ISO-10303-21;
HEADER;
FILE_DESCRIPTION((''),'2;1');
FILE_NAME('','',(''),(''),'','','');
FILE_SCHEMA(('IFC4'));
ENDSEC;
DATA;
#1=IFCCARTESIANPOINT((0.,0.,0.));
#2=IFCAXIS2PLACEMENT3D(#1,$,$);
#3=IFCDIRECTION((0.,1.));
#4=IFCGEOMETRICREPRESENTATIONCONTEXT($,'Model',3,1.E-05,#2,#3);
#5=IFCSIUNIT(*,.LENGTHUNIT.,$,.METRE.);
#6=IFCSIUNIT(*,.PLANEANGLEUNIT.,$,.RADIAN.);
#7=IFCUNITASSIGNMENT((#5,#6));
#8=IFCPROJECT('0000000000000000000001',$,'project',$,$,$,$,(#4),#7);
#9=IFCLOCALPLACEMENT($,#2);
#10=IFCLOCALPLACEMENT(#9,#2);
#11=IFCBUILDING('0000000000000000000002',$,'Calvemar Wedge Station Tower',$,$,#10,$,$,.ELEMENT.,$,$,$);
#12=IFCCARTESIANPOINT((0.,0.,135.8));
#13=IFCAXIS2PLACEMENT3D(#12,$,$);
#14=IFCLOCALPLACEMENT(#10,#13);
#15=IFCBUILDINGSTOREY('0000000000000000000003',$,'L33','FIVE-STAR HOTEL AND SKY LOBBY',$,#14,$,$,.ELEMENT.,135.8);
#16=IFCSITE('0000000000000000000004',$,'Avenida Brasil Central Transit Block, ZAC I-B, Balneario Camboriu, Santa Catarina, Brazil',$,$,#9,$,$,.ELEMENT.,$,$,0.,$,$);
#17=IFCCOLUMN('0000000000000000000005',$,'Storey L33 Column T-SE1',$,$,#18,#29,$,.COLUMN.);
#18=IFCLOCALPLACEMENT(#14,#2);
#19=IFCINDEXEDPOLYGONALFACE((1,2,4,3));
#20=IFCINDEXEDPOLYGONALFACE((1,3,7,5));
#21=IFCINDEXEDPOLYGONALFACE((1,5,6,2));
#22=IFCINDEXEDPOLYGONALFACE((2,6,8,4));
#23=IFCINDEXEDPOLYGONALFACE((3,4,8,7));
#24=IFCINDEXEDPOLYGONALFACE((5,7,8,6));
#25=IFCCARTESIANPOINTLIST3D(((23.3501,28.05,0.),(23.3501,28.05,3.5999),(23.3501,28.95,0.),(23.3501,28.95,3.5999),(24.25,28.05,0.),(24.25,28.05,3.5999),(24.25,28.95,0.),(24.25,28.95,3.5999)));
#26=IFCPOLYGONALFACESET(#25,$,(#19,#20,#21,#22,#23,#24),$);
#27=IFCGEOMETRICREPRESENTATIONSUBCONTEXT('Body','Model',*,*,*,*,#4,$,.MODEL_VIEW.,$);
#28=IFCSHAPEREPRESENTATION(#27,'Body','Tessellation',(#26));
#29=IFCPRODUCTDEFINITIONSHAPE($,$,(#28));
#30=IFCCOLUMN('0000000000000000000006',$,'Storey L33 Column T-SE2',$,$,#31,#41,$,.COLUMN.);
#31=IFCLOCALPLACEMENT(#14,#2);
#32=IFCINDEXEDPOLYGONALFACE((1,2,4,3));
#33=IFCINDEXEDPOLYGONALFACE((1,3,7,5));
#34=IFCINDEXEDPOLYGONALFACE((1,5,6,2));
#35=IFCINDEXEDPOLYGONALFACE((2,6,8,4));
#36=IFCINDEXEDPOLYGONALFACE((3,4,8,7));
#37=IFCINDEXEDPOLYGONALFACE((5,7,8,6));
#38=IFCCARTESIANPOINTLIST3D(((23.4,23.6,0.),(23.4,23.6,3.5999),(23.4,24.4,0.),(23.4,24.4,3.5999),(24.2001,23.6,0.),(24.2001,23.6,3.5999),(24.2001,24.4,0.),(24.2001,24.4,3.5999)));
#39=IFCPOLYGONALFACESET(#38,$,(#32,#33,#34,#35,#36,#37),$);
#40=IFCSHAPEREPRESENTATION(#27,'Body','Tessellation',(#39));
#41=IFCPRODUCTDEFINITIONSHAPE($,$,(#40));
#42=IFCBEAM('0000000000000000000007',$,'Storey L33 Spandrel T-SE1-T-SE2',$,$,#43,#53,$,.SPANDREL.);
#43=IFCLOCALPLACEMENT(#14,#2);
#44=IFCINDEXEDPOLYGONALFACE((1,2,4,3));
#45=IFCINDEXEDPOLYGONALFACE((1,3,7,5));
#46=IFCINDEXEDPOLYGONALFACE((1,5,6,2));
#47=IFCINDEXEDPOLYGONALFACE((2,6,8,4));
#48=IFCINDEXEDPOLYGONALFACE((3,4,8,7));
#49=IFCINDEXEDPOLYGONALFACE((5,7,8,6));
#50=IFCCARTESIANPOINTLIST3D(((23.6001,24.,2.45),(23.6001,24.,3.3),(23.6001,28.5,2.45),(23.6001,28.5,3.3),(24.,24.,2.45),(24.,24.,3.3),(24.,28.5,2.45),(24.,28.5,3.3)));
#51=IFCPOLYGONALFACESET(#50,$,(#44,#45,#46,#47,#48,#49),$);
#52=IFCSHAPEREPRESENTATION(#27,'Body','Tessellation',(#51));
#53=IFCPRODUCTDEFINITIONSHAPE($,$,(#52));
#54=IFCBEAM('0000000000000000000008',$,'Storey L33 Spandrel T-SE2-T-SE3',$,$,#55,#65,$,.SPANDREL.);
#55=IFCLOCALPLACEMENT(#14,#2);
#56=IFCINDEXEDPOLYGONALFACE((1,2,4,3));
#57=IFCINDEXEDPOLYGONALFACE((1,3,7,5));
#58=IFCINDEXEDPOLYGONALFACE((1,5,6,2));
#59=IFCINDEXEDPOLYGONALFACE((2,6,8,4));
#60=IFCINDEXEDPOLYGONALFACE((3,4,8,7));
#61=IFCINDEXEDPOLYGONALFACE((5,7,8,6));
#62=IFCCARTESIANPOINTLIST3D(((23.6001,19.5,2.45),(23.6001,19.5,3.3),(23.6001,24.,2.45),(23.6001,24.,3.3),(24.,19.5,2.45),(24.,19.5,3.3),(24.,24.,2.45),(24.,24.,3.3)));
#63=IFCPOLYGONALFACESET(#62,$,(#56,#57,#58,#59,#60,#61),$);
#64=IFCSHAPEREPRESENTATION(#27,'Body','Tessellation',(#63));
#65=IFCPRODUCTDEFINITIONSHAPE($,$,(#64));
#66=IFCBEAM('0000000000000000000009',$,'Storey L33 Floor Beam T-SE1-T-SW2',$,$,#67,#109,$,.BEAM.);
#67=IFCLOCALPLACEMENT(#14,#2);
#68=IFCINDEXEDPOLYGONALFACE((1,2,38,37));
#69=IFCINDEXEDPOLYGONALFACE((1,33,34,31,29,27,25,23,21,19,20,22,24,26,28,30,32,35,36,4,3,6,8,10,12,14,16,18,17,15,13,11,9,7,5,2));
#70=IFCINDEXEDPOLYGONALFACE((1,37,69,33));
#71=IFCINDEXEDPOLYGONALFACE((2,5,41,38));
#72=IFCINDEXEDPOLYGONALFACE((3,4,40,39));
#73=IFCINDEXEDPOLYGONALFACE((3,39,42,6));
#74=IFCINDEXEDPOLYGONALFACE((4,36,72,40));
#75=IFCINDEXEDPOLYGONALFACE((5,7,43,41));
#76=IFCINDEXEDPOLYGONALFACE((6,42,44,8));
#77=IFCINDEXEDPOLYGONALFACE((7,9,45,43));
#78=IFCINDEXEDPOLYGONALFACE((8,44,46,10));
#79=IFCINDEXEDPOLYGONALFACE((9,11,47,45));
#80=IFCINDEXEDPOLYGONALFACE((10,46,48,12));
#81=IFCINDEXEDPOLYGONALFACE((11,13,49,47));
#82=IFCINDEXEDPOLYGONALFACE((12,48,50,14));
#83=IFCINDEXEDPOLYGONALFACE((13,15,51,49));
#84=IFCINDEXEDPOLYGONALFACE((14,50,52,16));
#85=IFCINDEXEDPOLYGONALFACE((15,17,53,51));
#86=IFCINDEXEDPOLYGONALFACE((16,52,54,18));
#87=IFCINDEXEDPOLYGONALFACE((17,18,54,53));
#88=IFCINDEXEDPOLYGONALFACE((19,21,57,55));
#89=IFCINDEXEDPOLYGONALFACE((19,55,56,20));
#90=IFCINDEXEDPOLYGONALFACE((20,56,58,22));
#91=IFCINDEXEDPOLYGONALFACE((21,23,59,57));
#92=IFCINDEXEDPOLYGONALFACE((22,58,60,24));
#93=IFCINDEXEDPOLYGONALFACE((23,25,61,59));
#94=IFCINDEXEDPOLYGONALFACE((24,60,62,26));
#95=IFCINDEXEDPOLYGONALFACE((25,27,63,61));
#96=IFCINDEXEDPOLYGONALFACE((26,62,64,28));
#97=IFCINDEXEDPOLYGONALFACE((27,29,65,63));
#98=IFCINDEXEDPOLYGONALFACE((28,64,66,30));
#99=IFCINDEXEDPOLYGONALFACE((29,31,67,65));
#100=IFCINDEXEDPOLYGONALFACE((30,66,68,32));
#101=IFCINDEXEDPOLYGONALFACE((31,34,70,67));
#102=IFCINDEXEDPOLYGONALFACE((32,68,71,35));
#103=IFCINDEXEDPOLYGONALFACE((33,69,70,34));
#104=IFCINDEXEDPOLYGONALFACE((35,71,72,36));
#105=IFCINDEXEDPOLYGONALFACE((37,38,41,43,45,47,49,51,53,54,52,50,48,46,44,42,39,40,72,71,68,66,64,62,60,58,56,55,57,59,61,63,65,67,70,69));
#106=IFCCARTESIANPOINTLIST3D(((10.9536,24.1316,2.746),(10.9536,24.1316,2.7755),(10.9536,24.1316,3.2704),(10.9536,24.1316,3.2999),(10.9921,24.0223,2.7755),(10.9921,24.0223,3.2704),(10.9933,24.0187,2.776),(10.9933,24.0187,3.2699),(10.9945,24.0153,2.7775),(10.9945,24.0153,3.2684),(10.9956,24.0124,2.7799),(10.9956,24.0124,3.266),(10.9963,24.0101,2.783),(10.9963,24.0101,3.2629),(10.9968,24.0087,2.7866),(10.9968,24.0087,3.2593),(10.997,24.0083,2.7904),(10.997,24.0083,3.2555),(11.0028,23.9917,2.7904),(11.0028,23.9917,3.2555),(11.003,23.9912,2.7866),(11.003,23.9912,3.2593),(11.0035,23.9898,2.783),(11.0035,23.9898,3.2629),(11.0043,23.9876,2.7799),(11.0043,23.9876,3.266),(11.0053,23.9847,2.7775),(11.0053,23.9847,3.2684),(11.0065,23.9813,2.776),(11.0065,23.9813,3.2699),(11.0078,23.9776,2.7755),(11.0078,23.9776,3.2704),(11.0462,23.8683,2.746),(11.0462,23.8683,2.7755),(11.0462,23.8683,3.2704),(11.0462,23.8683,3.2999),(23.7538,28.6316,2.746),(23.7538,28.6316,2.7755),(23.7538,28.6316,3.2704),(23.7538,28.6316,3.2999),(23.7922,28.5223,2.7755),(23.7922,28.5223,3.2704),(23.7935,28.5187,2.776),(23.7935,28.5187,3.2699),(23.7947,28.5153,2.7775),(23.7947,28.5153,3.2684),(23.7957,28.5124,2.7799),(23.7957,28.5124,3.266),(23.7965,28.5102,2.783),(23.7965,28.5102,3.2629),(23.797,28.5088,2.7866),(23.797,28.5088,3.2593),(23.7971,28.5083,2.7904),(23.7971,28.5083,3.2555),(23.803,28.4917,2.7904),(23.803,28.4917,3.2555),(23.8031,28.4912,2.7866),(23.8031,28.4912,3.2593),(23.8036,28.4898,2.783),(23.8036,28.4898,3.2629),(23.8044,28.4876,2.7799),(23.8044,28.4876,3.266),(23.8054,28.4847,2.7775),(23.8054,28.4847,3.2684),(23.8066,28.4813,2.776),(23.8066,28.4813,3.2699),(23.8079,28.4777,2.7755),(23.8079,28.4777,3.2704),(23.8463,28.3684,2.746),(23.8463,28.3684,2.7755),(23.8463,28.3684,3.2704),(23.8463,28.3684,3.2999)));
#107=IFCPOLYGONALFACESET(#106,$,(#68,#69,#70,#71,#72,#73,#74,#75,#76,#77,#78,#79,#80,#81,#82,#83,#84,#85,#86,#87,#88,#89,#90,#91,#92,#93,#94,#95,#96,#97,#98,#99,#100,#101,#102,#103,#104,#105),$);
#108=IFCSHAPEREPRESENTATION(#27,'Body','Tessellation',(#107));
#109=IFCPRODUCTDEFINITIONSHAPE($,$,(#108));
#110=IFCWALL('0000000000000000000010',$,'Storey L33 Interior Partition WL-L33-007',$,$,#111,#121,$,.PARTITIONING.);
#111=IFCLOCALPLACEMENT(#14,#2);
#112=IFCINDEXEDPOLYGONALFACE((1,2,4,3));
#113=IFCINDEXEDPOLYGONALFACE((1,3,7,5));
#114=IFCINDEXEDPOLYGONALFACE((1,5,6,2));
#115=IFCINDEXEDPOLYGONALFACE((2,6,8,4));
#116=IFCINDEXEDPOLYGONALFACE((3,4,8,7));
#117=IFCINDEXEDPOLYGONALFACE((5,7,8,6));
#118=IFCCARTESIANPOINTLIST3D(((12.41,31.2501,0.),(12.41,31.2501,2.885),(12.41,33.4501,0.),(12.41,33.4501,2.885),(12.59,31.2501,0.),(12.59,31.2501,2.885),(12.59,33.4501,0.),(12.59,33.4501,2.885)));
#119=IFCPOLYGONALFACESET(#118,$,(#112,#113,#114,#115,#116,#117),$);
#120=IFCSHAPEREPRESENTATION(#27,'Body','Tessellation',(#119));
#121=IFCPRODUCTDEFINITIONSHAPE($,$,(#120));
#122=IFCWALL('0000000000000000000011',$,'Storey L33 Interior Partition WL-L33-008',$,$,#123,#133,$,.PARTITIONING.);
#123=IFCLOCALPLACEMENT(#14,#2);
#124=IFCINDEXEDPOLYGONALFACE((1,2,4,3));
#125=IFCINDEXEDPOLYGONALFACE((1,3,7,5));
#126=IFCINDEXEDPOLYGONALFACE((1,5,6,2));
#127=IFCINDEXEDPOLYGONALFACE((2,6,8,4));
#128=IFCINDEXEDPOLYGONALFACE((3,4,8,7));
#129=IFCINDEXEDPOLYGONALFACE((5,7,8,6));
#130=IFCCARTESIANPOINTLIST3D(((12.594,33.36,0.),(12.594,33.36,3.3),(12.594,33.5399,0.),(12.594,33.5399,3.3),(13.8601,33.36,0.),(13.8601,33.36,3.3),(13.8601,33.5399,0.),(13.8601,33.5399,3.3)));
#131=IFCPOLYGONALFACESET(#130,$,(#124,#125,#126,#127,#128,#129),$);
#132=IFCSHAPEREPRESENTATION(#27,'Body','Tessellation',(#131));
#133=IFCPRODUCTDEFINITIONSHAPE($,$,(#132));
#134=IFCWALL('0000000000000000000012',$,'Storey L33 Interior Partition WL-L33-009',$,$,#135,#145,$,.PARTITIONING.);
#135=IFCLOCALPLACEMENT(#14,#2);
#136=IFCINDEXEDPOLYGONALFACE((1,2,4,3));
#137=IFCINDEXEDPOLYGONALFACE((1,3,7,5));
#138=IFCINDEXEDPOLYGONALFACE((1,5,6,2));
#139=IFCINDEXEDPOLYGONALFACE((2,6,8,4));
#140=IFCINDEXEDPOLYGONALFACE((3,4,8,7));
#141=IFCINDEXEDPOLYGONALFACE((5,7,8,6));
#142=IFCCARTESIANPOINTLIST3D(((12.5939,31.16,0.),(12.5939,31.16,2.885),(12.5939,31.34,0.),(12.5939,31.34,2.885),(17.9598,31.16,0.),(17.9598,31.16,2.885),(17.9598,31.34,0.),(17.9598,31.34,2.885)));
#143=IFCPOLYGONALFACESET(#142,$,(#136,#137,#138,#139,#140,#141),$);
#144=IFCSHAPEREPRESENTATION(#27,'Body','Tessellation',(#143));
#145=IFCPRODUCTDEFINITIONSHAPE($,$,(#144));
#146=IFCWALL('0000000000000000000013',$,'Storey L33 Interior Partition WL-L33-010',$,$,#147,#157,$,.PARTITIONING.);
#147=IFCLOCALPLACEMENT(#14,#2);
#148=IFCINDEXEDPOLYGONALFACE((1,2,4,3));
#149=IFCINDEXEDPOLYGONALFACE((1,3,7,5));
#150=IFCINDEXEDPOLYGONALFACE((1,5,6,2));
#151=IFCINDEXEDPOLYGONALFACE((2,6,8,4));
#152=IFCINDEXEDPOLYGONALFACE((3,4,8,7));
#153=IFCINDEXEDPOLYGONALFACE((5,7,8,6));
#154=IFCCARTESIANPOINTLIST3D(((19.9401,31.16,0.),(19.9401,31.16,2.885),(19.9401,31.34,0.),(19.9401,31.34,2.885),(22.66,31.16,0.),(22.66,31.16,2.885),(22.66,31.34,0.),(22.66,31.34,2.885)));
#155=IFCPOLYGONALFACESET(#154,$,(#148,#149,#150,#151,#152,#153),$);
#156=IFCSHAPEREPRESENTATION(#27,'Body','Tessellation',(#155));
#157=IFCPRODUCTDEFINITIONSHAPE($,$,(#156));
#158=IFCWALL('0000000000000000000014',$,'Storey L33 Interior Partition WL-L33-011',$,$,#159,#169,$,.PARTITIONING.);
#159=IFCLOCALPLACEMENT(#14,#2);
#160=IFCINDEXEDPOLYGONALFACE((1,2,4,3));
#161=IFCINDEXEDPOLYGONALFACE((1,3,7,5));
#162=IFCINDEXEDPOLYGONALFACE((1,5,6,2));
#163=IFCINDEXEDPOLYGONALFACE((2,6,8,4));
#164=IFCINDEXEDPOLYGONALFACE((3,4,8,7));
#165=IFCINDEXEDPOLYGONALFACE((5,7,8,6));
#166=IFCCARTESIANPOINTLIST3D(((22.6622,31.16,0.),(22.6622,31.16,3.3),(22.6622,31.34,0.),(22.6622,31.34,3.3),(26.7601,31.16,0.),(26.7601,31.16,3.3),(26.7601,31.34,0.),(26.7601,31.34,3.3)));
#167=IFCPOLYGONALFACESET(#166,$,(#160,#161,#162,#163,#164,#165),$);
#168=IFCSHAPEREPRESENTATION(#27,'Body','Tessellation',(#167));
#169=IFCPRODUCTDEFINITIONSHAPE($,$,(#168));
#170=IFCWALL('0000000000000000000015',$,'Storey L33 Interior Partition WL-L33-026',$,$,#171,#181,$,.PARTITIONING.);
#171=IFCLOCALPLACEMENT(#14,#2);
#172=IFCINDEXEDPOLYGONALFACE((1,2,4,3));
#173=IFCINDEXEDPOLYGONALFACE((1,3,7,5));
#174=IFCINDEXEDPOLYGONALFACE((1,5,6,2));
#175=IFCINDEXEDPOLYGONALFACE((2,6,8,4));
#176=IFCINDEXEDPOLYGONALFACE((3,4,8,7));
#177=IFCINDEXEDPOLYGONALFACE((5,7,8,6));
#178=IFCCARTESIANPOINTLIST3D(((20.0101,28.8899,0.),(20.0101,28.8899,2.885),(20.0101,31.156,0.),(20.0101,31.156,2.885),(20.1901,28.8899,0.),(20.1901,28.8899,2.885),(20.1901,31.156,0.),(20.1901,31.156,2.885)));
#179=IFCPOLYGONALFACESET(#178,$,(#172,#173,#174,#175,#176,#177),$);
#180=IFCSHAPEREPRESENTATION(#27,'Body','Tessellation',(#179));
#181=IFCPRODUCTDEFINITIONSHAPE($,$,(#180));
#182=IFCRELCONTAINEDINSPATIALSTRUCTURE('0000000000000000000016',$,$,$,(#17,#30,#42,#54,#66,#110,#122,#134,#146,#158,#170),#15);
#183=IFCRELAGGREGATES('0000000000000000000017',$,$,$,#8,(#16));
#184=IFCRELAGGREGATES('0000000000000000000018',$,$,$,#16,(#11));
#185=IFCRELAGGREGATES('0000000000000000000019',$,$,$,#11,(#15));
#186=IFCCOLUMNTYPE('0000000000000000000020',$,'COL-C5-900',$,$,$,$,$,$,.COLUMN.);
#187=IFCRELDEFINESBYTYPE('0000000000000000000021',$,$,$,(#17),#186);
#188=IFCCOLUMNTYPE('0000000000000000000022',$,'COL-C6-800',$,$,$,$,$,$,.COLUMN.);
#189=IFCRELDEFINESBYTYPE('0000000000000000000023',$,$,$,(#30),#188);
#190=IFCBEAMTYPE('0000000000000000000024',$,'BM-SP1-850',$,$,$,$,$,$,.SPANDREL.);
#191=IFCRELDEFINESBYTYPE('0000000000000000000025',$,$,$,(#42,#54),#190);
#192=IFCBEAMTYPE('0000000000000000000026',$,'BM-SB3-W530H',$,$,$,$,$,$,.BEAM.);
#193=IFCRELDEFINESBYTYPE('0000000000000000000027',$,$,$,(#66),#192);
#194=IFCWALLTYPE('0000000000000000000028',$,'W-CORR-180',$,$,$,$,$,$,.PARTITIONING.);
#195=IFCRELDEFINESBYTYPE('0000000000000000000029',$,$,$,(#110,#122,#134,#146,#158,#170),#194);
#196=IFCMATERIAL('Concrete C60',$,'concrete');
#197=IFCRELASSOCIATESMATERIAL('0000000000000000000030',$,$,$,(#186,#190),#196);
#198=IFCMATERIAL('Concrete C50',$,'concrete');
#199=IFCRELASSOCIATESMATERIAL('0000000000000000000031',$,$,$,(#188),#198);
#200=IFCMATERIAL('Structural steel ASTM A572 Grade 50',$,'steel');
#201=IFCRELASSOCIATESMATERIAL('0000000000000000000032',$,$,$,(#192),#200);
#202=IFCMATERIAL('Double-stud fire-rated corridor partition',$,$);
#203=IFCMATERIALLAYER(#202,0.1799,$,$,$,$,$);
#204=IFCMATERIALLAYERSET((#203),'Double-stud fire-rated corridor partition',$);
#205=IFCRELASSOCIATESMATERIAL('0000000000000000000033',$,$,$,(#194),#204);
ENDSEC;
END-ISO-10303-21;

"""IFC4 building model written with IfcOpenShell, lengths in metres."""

from ifc_helpers import new_model, si_unit, direction, frame, frame_2d, origin, origin_2d, place, context, subcontext, project, spatial, rectangle, i_section, extrude, source, transform, mapped, material, layer, layer_set, material_profile, profile_set, type_object, element, save


model = new_model("IFC4")

# Units and contexts
model_context = context("Model", 3, precision=1e-05, world=origin(), true_north=direction((0.0, 1.0)))
body_context = subcontext(model_context, "Body", "Model", "MODEL_VIEW")
ifc_project = project(units=[si_unit("LENGTHUNIT", "METRE"), si_unit("PLANEANGLEUNIT", "RADIAN")], contexts=[model_context])

# Site, building, storey
site_placement = place(None, origin())
site = spatial("IfcSite", under=ifc_project, at=site_placement, Name="Avenida Brasil Central Transit Block, ZAC I-B, Balneario Camboriu, Santa Catarina, Brazil", CompositionType="ELEMENT", RefElevation=0.0)
building_placement = place(site_placement, origin())
building = spatial("IfcBuilding", under=site, at=building_placement, Name="Calvemar Wedge Station Tower", CompositionType="ELEMENT")
storey_placement = place(building_placement, frame((0.0, 0.0, 135.8)))
storey = spatial("IfcBuildingStorey", under=building, at=storey_placement, Name="L33", Description="FIVE-STAR HOTEL AND SKY LOBBY", CompositionType="ELEMENT", Elevation=135.8)

# Columns
ifc_material_1 = material(Name="Concrete C60", Category="concrete")
ifc_material_profile_1 = material_profile(ifc_material_1, rectangle(XDim=0.8999, YDim=0.8999, at=origin_2d()), Name="RC900x900")
ifc_profile_set_1 = profile_set([ifc_material_profile_1], Name="Concrete C60")
column_type_1 = type_object("IfcColumnType", Name="COL-C5-900", PredefinedType="COLUMN", material=ifc_profile_set_1)
shared_shape_1 = source(origin(), body_context, "Body", "SweptSolid", [
    extrude(rectangle(XDim=0.8999, YDim=0.8999, at=origin_2d()), origin(), (0.0, 0.0, 1.0), 3.5999),
])
column_1_placement = place(storey_placement, frame((23.8, 28.5, 0.0), z_axis=(0.0, 0.0, 1.0), x_axis=(1.0, 0.0, 0.0)))
element("IfcColumn", 1, at=column_1_placement, inside=storey, type_object=column_type_1, Name="Storey L33 Column T-SE1", PredefinedType="COLUMN", context=body_context, shape_type="MappedRepresentation", body=[
    mapped(shared_shape_1, transform((0.0, 0.0, 0.0), scale=1.0)),
])
ifc_material_2 = material(Name="Concrete C50", Category="concrete")
ifc_material_profile_2 = material_profile(ifc_material_2, rectangle(XDim=0.8, YDim=0.8, at=origin_2d()), Name="RC800x800")
ifc_profile_set_2 = profile_set([ifc_material_profile_2], Name="Concrete C50")
column_type_2 = type_object("IfcColumnType", Name="COL-C6-800", PredefinedType="COLUMN", material=ifc_profile_set_2)
shared_shape_2 = source(origin(), body_context, "Body", "SweptSolid", [
    extrude(rectangle(XDim=0.8, YDim=0.8, at=origin_2d()), origin(), (0.0, 0.0, 1.0), 3.5999),
])
column_2_placement = place(storey_placement, frame((23.8, 24.0, 0.0), z_axis=(0.0, 0.0, 1.0), x_axis=(1.0, 0.0, 0.0)))
element("IfcColumn", 2, at=column_2_placement, inside=storey, type_object=column_type_2, Name="Storey L33 Column T-SE2", PredefinedType="COLUMN", context=body_context, shape_type="MappedRepresentation", body=[
    mapped(shared_shape_2, transform((0.0, 0.0, 0.0), scale=1.0)),
])

# Beams
ifc_material_profile_3 = material_profile(ifc_material_1, rectangle(XDim=0.3999, YDim=0.8501, at=origin_2d()), Name="RC400x850")
ifc_profile_set_3 = profile_set([ifc_material_profile_3], Name="Concrete C60")
beam_type_1 = type_object("IfcBeamType", Name="BM-SP1-850", PredefinedType="SPANDREL", material=ifc_profile_set_3)
shared_shape_3 = source(origin(), body_context, "Body", "SweptSolid", [
    extrude(rectangle(XDim=0.3999, YDim=0.8501, at=origin_2d()), origin(), (0.0, 0.0, 1.0), 4.5),
])
for number, where, z_axis, x_axis, name in (
    (3, (23.8, 28.5, 2.875), (0.0, -1.0, 0.0), (1.0, 0.0, 0.0), "Storey L33 Spandrel T-SE1-T-SE2"),
    (4, (23.8, 24.0, 2.875), (0.0, -1.0, 0.0), (1.0, 0.0, 0.0), "Storey L33 Spandrel T-SE2-T-SE3"),
):
    element("IfcBeam", number, at=place(storey_placement, frame(where, z_axis=z_axis, x_axis=x_axis)), inside=storey, type_object=beam_type_1, Name=name, PredefinedType="SPANDREL", context=body_context, shape_type="MappedRepresentation", body=[
        mapped(shared_shape_3, transform((0.0, 0.0, 0.0), scale=1.0)),
    ])
ifc_material_3 = material(Name="Structural steel ASTM A572 Grade 50", Category="steel")
ifc_material_profile_4 = material_profile(ifc_material_3, i_section(OverallWidth=0.2791, OverallDepth=0.554, WebThickness=0.0176, FlangeThickness=0.0295, FilletRadius=0.0149, at=origin_2d()), Name="W530x196")
ifc_profile_set_4 = profile_set([ifc_material_profile_4], Name="Structural steel ASTM A572 Grade 50")
beam_type_2 = type_object("IfcBeamType", Name="BM-SB3-W530H", PredefinedType="BEAM", material=ifc_profile_set_4)
shared_shape_4 = source(origin(), body_context, "Body", "SweptSolid", [
    extrude(i_section(OverallWidth=0.2791, OverallDepth=0.554, WebThickness=0.0176, FlangeThickness=0.0295, FilletRadius=0.0149, at=origin_2d()), origin(), (0.0, 0.0, 1.0), 13.5681),
])
beam_placement = place(storey_placement, frame((23.8, 28.5, 3.0229), z_axis=(-0.943398, -0.331662, 0.0), x_axis=(0.331662, -0.943398, 0.0)))
element("IfcBeam", 5, at=beam_placement, inside=storey, type_object=beam_type_2, Name="Storey L33 Floor Beam T-SE1-T-SW2", PredefinedType="BEAM", context=body_context, shape_type="MappedRepresentation", body=[
    mapped(shared_shape_4, transform((0.0, 0.0, 0.0), scale=1.0)),
])

# Walls
ifc_material_4 = material(Name="Double-stud fire-rated corridor partition")
ifc_layer_1 = layer(ifc_material_4, 0.1799)
ifc_layer_set_1 = layer_set([ifc_layer_1], Name="Double-stud fire-rated corridor partition")
wall_type_1 = type_object("IfcWallType", Name="W-CORR-180", PredefinedType="PARTITIONING", material=ifc_layer_set_1)
wall_1_placement = place(storey_placement, frame((12.5, 31.25, 0.0), z_axis=(0.0, 0.0, 1.0), x_axis=(0.0, 1.0, 0.0)))
element("IfcWall", 6, at=wall_1_placement, inside=storey, type_object=wall_type_1, Name="Storey L33 Interior Partition WL-L33-007", PredefinedType="PARTITIONING", context=body_context, shape_type="SweptSolid", body=[
    extrude(rectangle(XDim=2.2, YDim=0.1799, at=frame_2d((1.1001, 0.0))), origin(), (0.0, 0.0, 1.0), 2.885),
])
wall_2_placement = place(storey_placement, frame((12.594, 33.45, 0.0), z_axis=(0.0, 0.0, 1.0), x_axis=(1.0, 0.0, 0.0)))
element("IfcWall", 7, at=wall_2_placement, inside=storey, type_object=wall_type_1, Name="Storey L33 Interior Partition WL-L33-008", PredefinedType="PARTITIONING", context=body_context, shape_type="SweptSolid", body=[
    extrude(rectangle(XDim=1.2661, YDim=0.1799, at=frame_2d((0.6331, 0.0))), origin(), (0.0, 0.0, 1.0), 3.3),
])
wall_3_placement = place(storey_placement, frame((17.96, 31.25, 0.0), z_axis=(0.0, 0.0, 1.0), x_axis=(-1.0, 0.0, 0.0)))
element("IfcWall", 8, at=wall_3_placement, inside=storey, type_object=wall_type_1, Name="Storey L33 Interior Partition WL-L33-009", PredefinedType="PARTITIONING", context=body_context, shape_type="SweptSolid", body=[
    extrude(rectangle(XDim=5.366, YDim=0.1799, at=frame_2d((2.6831, 0.0))), origin(), (0.0, 0.0, 1.0), 2.885),
])
wall_4_placement = place(storey_placement, frame((22.6599, 31.25, 0.0), z_axis=(0.0, 0.0, 1.0), x_axis=(-1.0, 0.0, 0.0)))
element("IfcWall", 9, at=wall_4_placement, inside=storey, type_object=wall_type_1, Name="Storey L33 Interior Partition WL-L33-010", PredefinedType="PARTITIONING", context=body_context, shape_type="SweptSolid", body=[
    extrude(rectangle(XDim=2.72, YDim=0.1799, at=frame_2d((1.3599, 0.0))), origin(), (0.0, 0.0, 1.0), 2.885),
])
wall_5_placement = place(storey_placement, frame((26.76, 31.25, 0.0), z_axis=(0.0, 0.0, 1.0), x_axis=(-1.0, 0.0, 0.0)))
element("IfcWall", 10, at=wall_5_placement, inside=storey, type_object=wall_type_1, Name="Storey L33 Interior Partition WL-L33-011", PredefinedType="PARTITIONING", context=body_context, shape_type="SweptSolid", body=[
    extrude(rectangle(XDim=4.0979, YDim=0.1799, at=frame_2d((2.0488, 0.0))), origin(), (0.0, 0.0, 1.0), 3.3),
])
wall_6_placement = place(storey_placement, frame((20.1001, 31.156, 0.0), z_axis=(0.0, 0.0, 1.0), x_axis=(0.0, -1.0, 0.0)))
element("IfcWall", 11, at=wall_6_placement, inside=storey, type_object=wall_type_1, Name="Storey L33 Interior Partition WL-L33-026", PredefinedType="PARTITIONING", context=body_context, shape_type="SweptSolid", body=[
    extrude(rectangle(XDim=2.2661, YDim=0.1799, at=frame_2d((1.1331, 0.0))), origin(), (0.0, 0.0, 1.0), 2.885),
])

save(model, "model.ifc")
